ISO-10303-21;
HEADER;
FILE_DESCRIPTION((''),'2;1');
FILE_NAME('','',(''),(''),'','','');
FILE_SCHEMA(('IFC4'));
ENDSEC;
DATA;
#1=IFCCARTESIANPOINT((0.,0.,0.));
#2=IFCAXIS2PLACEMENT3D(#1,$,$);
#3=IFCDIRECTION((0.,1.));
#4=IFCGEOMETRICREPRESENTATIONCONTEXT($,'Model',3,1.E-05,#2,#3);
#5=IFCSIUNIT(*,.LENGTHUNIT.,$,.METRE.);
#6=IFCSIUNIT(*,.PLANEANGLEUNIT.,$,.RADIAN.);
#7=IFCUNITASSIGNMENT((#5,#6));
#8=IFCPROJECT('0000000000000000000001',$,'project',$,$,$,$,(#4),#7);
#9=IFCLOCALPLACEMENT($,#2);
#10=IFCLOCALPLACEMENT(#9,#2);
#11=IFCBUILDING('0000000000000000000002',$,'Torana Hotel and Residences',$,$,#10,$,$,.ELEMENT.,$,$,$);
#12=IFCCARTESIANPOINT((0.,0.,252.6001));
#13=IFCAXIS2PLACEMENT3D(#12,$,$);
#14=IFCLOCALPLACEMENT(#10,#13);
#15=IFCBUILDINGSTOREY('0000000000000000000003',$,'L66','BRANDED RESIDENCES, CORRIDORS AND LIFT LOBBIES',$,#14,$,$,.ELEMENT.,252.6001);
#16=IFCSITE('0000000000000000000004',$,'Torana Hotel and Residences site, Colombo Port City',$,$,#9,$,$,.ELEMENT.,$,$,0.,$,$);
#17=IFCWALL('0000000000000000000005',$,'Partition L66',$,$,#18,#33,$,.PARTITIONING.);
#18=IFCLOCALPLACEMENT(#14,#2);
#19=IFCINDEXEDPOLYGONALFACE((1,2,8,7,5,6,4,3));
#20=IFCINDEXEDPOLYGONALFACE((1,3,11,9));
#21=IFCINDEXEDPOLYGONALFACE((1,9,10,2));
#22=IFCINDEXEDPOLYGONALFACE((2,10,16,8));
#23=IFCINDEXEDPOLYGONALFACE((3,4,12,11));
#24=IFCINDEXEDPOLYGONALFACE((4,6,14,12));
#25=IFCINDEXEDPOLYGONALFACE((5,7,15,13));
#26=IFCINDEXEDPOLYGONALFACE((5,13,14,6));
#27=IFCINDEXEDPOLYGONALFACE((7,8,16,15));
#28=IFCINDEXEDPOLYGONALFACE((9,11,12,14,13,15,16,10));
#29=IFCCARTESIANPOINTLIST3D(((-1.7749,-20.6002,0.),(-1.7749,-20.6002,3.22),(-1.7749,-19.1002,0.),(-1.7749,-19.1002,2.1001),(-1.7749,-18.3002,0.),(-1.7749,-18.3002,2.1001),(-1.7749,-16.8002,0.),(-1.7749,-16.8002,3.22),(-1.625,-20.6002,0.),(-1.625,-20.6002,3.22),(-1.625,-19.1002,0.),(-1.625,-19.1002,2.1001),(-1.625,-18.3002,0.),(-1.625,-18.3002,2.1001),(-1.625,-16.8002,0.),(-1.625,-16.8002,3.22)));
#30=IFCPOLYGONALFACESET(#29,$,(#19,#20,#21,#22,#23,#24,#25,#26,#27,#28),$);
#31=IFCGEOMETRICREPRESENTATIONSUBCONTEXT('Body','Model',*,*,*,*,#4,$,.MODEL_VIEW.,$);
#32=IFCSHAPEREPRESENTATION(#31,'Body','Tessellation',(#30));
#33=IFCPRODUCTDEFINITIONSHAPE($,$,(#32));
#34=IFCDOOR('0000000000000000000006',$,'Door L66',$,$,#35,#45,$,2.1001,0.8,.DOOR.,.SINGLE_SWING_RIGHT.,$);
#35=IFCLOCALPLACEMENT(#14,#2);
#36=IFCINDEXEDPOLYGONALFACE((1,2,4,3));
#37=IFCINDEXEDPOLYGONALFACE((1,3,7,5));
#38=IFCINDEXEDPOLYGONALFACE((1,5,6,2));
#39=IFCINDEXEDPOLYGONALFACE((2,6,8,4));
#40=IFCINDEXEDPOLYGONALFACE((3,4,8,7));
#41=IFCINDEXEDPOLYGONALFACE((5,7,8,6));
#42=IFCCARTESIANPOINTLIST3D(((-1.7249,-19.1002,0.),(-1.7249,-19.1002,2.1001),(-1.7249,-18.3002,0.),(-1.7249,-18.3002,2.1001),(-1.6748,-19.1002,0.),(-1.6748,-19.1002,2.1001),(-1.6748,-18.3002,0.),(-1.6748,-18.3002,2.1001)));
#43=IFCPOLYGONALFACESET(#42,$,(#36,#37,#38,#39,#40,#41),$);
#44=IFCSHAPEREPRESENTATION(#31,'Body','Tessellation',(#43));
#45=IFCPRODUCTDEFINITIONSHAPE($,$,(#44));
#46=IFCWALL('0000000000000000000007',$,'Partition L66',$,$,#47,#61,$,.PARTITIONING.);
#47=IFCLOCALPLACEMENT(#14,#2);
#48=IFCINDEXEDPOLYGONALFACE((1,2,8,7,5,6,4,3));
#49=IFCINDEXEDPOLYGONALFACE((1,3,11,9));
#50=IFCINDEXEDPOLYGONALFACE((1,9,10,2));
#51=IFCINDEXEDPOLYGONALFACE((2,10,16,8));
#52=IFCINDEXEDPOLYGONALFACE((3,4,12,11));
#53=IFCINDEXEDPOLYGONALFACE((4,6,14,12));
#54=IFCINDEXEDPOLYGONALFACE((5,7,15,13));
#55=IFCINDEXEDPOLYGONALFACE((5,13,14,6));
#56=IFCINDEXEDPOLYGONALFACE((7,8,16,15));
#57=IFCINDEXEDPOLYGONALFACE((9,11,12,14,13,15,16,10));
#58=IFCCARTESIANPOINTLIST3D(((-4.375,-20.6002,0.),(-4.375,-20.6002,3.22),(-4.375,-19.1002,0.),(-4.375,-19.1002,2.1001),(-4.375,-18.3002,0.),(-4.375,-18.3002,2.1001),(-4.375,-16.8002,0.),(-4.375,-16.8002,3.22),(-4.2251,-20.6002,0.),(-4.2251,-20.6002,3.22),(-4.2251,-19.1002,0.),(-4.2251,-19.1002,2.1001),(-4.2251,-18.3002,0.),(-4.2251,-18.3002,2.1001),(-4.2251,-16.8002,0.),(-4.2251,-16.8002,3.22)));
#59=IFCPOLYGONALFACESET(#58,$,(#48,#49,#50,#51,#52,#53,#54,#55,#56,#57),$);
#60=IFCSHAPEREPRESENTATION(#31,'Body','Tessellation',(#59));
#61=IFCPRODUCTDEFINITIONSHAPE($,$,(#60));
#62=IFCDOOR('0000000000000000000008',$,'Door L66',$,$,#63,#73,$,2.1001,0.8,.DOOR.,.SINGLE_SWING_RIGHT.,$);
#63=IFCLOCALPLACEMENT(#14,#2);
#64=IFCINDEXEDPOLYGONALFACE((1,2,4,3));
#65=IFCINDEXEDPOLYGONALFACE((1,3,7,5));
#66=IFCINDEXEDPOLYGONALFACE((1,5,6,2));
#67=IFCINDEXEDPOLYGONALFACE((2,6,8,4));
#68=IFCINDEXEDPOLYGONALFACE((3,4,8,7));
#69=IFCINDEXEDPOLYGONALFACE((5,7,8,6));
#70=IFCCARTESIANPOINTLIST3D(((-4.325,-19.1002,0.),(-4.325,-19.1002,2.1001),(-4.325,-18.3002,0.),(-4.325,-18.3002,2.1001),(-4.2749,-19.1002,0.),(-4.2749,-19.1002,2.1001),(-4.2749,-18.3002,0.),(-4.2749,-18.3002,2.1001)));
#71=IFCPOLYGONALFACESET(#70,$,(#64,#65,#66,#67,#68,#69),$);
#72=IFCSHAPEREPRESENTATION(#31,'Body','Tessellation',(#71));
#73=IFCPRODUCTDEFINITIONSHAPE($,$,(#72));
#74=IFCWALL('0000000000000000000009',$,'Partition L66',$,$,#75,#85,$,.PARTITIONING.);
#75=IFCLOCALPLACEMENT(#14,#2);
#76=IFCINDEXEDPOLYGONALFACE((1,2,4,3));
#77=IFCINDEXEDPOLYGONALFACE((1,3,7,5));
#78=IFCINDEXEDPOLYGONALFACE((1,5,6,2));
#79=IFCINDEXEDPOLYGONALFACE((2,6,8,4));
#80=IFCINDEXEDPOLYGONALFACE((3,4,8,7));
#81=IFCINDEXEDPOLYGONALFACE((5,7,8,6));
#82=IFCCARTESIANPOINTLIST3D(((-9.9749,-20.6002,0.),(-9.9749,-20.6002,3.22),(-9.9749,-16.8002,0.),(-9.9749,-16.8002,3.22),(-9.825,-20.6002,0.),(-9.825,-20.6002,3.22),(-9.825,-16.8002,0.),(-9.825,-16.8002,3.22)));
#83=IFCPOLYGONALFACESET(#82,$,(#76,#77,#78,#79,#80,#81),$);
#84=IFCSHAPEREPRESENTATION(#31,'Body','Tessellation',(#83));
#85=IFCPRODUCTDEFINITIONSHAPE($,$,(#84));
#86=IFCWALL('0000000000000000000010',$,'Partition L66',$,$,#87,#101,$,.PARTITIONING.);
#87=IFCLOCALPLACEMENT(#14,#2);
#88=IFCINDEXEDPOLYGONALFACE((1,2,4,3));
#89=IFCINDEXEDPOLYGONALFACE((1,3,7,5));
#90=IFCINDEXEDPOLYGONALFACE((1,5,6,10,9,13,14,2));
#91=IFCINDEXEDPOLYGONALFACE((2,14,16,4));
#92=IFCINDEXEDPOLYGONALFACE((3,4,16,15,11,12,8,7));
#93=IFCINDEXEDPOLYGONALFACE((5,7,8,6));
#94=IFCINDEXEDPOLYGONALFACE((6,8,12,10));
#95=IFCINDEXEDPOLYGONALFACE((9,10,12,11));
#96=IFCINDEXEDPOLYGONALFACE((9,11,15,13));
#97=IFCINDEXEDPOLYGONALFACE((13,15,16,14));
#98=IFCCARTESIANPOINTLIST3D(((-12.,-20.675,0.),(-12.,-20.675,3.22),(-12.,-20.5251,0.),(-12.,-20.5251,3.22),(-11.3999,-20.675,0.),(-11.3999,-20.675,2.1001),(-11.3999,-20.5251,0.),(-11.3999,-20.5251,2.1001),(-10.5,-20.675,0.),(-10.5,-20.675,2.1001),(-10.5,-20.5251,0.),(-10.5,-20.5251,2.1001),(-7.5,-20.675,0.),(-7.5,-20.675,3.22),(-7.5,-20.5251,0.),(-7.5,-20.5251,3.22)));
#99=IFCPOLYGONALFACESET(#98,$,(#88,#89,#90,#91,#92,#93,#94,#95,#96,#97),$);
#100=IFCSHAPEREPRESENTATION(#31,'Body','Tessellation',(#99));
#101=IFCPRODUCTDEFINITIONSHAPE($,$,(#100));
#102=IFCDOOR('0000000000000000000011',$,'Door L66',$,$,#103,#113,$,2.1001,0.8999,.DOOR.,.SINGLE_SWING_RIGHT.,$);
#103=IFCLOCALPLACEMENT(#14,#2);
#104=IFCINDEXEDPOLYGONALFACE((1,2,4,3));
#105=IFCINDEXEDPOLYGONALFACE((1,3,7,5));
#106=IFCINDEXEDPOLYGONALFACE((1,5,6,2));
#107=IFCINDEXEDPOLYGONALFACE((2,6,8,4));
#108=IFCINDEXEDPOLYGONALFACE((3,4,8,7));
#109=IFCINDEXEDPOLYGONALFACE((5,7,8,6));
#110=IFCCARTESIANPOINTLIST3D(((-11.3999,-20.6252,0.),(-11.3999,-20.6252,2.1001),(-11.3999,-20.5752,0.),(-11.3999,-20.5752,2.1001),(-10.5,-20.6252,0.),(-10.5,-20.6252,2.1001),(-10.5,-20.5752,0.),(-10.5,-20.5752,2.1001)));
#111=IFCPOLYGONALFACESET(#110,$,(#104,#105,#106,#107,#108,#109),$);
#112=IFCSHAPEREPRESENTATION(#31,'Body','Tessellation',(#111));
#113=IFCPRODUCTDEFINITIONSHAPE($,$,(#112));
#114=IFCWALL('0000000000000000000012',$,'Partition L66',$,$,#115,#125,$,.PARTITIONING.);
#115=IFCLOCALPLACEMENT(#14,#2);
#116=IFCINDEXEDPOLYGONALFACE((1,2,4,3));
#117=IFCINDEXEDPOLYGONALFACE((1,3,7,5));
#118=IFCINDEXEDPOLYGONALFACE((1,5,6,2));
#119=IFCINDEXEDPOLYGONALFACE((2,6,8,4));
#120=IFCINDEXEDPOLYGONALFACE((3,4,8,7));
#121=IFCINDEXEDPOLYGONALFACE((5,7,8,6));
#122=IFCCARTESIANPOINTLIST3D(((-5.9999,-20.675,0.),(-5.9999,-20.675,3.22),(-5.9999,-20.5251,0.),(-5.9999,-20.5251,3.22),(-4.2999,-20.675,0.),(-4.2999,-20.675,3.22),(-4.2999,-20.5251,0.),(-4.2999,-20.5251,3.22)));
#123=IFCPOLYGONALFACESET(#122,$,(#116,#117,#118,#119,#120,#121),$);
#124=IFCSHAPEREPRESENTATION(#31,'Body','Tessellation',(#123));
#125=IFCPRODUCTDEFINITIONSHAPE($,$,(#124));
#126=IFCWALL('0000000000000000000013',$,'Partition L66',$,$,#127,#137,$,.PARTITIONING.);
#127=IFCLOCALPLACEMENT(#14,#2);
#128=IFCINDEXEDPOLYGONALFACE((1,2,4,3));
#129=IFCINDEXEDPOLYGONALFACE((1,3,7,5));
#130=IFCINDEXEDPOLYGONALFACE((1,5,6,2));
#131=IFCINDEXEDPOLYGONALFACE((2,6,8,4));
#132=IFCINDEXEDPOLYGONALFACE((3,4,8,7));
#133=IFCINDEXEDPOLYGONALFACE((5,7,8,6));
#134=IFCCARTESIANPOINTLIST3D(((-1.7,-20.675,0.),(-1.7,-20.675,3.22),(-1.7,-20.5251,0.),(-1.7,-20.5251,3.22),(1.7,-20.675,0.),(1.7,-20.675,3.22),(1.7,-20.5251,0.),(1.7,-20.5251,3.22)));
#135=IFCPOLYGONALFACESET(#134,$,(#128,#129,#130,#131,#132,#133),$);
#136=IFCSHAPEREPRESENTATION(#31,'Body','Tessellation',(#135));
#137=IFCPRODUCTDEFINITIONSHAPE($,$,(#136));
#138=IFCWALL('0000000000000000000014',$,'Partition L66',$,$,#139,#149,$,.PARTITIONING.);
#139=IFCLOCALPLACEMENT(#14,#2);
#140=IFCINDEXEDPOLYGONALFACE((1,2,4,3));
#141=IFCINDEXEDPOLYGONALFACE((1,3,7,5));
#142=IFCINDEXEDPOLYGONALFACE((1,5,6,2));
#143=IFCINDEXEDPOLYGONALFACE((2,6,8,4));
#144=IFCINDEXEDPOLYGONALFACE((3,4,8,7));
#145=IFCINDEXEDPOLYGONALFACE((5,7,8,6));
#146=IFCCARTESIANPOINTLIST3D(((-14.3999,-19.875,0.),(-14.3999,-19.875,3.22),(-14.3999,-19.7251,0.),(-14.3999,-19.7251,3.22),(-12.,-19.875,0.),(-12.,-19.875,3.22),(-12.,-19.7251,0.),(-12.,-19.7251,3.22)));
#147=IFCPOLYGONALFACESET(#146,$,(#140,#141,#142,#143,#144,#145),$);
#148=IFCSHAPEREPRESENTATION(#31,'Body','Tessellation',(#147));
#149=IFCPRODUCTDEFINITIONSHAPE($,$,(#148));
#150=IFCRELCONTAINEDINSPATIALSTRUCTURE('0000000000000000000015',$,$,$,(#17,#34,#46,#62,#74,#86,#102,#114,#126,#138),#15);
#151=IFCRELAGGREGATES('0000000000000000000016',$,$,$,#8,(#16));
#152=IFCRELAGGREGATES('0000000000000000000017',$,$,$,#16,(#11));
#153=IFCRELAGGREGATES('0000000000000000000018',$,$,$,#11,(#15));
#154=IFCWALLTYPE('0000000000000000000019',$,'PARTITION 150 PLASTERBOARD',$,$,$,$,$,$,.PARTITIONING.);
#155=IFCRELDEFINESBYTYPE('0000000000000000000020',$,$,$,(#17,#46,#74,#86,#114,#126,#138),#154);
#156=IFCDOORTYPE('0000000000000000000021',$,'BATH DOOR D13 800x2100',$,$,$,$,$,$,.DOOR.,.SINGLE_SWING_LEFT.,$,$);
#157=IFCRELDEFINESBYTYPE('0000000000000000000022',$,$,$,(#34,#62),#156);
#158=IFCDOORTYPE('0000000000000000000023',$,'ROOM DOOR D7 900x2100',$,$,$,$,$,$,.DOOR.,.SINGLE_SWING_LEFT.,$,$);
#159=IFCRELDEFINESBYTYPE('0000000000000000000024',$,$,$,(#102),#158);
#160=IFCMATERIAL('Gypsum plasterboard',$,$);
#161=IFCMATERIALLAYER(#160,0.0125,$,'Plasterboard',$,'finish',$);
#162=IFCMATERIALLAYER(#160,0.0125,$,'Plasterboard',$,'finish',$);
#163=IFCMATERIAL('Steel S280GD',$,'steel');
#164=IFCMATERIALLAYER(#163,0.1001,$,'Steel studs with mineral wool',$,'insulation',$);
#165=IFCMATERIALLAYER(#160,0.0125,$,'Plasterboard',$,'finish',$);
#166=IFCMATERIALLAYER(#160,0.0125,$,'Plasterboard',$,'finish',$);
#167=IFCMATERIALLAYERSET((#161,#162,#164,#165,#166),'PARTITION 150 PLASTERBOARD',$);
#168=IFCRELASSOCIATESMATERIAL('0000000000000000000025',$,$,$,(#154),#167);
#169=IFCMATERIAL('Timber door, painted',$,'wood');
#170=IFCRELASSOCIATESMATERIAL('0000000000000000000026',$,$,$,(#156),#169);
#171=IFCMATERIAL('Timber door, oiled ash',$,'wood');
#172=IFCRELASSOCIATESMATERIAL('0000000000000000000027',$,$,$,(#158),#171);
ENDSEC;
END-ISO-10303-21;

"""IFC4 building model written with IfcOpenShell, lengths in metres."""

from ifc_helpers import new_model, si_unit, direction, frame, frame_2d, origin, place, context, subcontext, project, spatial, rectangle, extrude, material, layer, layer_set, type_object, element, fill, save


model = new_model("IFC4")

# Units and contexts
model_context = context("Model", 3, precision=1e-05, world=origin(), true_north=direction((0.0, 1.0)))
body_context = subcontext(model_context, "Body", "Model", "MODEL_VIEW")
ifc_project = project(units=[si_unit("LENGTHUNIT", "METRE"), si_unit("PLANEANGLEUNIT", "RADIAN")], contexts=[model_context])

# Site, building, storey
site_placement = place(None, origin())
site = spatial("IfcSite", under=ifc_project, at=site_placement, Name="Torana Hotel and Residences site, Colombo Port City", CompositionType="ELEMENT", RefElevation=0.0)
building_placement = place(site_placement, origin())
building = spatial("IfcBuilding", under=site, at=building_placement, Name="Torana Hotel and Residences", CompositionType="ELEMENT")
storey_placement = place(building_placement, frame((0.0, 0.0, 252.6001)))
storey = spatial("IfcBuildingStorey", under=building, at=storey_placement, Name="L66", Description="BRANDED RESIDENCES, CORRIDORS AND LIFT LOBBIES", CompositionType="ELEMENT", Elevation=252.6001)

# Walls, openings, doors
ifc_material_1 = material(Name="Gypsum plasterboard")
ifc_layer_1 = layer(ifc_material_1, 0.0125, Name="Plasterboard", Category="finish")
ifc_layer_2 = layer(ifc_material_1, 0.0125, Name="Plasterboard", Category="finish")
ifc_material_2 = material(Name="Steel S280GD", Category="steel")
ifc_layer_3 = layer(ifc_material_2, 0.1001, Name="Steel studs with mineral wool", Category="insulation")
ifc_layer_4 = layer(ifc_material_1, 0.0125, Name="Plasterboard", Category="finish")
ifc_layer_5 = layer(ifc_material_1, 0.0125, Name="Plasterboard", Category="finish")
ifc_layer_set_1 = layer_set([ifc_layer_1, ifc_layer_2, ifc_layer_3, ifc_layer_4, ifc_layer_5], Name="PARTITION 150 PLASTERBOARD")
wall_type_1 = type_object("IfcWallType", Name="PARTITION 150 PLASTERBOARD", PredefinedType="PARTITIONING", material=ifc_layer_set_1)
wall_1_placement = place(storey_placement, frame((-1.7, -20.6001, 0.0), z_axis=(0.0, 0.0, 1.0), x_axis=(0.0, 1.0, 0.0)))
wall_1 = element("IfcWall", 1, at=wall_1_placement, inside=storey, type_object=wall_type_1, Name="Partition L66", PredefinedType="PARTITIONING", context=body_context, shape_type="SweptSolid", body=[
    extrude(rectangle(XDim=3.8, YDim=0.1499, at=frame_2d((1.8999, 0.0))), origin(), (0.0, 0.0, 1.0), 3.22),
])
opening_1_placement = place(wall_1_placement, frame((1.5, 0.0, 0.0)))
opening_1 = element("IfcOpeningElement", 2, at=opening_1_placement, cuts=wall_1, PredefinedType="OPENING", context=body_context, shape_type="SweptSolid", body=[
    extrude(rectangle(XDim=0.8, YDim=2.1001, at=frame_2d((0.3999, 1.05))), frame((0.0, 0.085, 0.0), z_axis=(0.0, -1.0, 0.0), x_axis=(1.0, 0.0, 0.0)), (0.0, 0.0, 1.0), 0.1699),
])
ifc_material_3 = material(Name="Timber door, painted", Category="wood")
door_type_1 = type_object("IfcDoorType", Name="BATH DOOR D13 800x2100", OperationType="SINGLE_SWING_LEFT", PredefinedType="DOOR", material=ifc_material_3)
door_1_placement = place(opening_1_placement, origin())
door_1 = element("IfcDoor", 3, at=door_1_placement, inside=storey, type_object=door_type_1, Name="Door L66", OperationType="SINGLE_SWING_RIGHT", OverallHeight=2.1001, OverallWidth=0.8, PredefinedType="DOOR", context=body_context, shape_type="SweptSolid", body=[
    extrude(rectangle(XDim=0.8, YDim=2.1001, at=frame_2d((0.3999, 1.05))), frame((0.0, 0.0249, 0.0), z_axis=(0.0, -1.0, 0.0), x_axis=(1.0, 0.0, 0.0)), (0.0, 0.0, 1.0), 0.05),
])
fill(opening_1, door_1)
wall_2_placement = place(storey_placement, frame((-4.3, -20.6001, 0.0), z_axis=(0.0, 0.0, 1.0), x_axis=(0.0, 1.0, 0.0)))
wall_2 = element("IfcWall", 4, at=wall_2_placement, inside=storey, type_object=wall_type_1, Name="Partition L66", PredefinedType="PARTITIONING", context=body_context, shape_type="SweptSolid", body=[
    extrude(rectangle(XDim=3.8, YDim=0.1499, at=frame_2d((1.8999, 0.0))), origin(), (0.0, 0.0, 1.0), 3.22),
])
opening_2_placement = place(wall_2_placement, frame((1.5, 0.0, 0.0)))
opening_2 = element("IfcOpeningElement", 5, at=opening_2_placement, cuts=wall_2, PredefinedType="OPENING", context=body_context, shape_type="SweptSolid", body=[
    extrude(rectangle(XDim=0.8, YDim=2.1001, at=frame_2d((0.3999, 1.05))), frame((0.0, 0.085, 0.0), z_axis=(0.0, -1.0, 0.0), x_axis=(1.0, 0.0, 0.0)), (0.0, 0.0, 1.0), 0.1699),
])
door_2_placement = place(opening_2_placement, origin())
door_2 = element("IfcDoor", 6, at=door_2_placement, inside=storey, type_object=door_type_1, Name="Door L66", OperationType="SINGLE_SWING_RIGHT", OverallHeight=2.1001, OverallWidth=0.8, PredefinedType="DOOR", context=body_context, shape_type="SweptSolid", body=[
    extrude(rectangle(XDim=0.8, YDim=2.1001, at=frame_2d((0.3999, 1.05))), frame((0.0, 0.0249, 0.0), z_axis=(0.0, -1.0, 0.0), x_axis=(1.0, 0.0, 0.0)), (0.0, 0.0, 1.0), 0.05),
])
fill(opening_2, door_2)

# Wall
wall_3_placement = place(storey_placement, frame((-9.8999, -20.6001, 0.0), z_axis=(0.0, 0.0, 1.0), x_axis=(0.0, 1.0, 0.0)))
element("IfcWall", 7, at=wall_3_placement, inside=storey, type_object=wall_type_1, Name="Partition L66", PredefinedType="PARTITIONING", context=body_context, shape_type="SweptSolid", body=[
    extrude(rectangle(XDim=3.8, YDim=0.1499, at=frame_2d((1.8999, 0.0))), origin(), (0.0, 0.0, 1.0), 3.22),
])

# Wall, opening, door
wall_4_placement = place(storey_placement, frame((-12.0, -20.6001, 0.0), z_axis=(0.0, 0.0, 1.0), x_axis=(1.0, 0.0, 0.0)))
wall_4 = element("IfcWall", 8, at=wall_4_placement, inside=storey, type_object=wall_type_1, Name="Partition L66", PredefinedType="PARTITIONING", context=body_context, shape_type="SweptSolid", body=[
    extrude(rectangle(XDim=4.5, YDim=0.1499, at=frame_2d((2.25, 0.0))), origin(), (0.0, 0.0, 1.0), 3.22),
])
opening_3_placement = place(wall_4_placement, frame((0.6001, 0.0, 0.0)))
opening_3 = element("IfcOpeningElement", 9, at=opening_3_placement, cuts=wall_4, PredefinedType="OPENING", context=body_context, shape_type="SweptSolid", body=[
    extrude(rectangle(XDim=0.8999, YDim=2.1001, at=frame_2d((0.45, 1.05))), frame((0.0, 0.085, 0.0), z_axis=(0.0, -1.0, 0.0), x_axis=(1.0, 0.0, 0.0)), (0.0, 0.0, 1.0), 0.1699),
])
ifc_material_4 = material(Name="Timber door, oiled ash", Category="wood")
door_type_2 = type_object("IfcDoorType", Name="ROOM DOOR D7 900x2100", OperationType="SINGLE_SWING_LEFT", PredefinedType="DOOR", material=ifc_material_4)
door_3_placement = place(opening_3_placement, origin())
door_3 = element("IfcDoor", 10, at=door_3_placement, inside=storey, type_object=door_type_2, Name="Door L66", OperationType="SINGLE_SWING_RIGHT", OverallHeight=2.1001, OverallWidth=0.8999, PredefinedType="DOOR", context=body_context, shape_type="SweptSolid", body=[
    extrude(rectangle(XDim=0.8999, YDim=2.1001, at=frame_2d((0.45, 1.05))), frame((0.0, 0.0249, 0.0), z_axis=(0.0, -1.0, 0.0), x_axis=(1.0, 0.0, 0.0)), (0.0, 0.0, 1.0), 0.05),
])
fill(opening_3, door_3)

# Walls
wall_5_placement = place(storey_placement, frame((-6.0, -20.6001, 0.0), z_axis=(0.0, 0.0, 1.0), x_axis=(1.0, 0.0, 0.0)))
element("IfcWall", 11, at=wall_5_placement, inside=storey, type_object=wall_type_1, Name="Partition L66", PredefinedType="PARTITIONING", context=body_context, shape_type="SweptSolid", body=[
    extrude(rectangle(XDim=1.7, YDim=0.1499, at=frame_2d((0.8501, 0.0))), origin(), (0.0, 0.0, 1.0), 3.22),
])
wall_6_placement = place(storey_placement, frame((-1.7, -20.6001, 0.0), z_axis=(0.0, 0.0, 1.0), x_axis=(1.0, 0.0, 0.0)))
element("IfcWall", 12, at=wall_6_placement, inside=storey, type_object=wall_type_1, Name="Partition L66", PredefinedType="PARTITIONING", context=body_context, shape_type="SweptSolid", body=[
    extrude(rectangle(XDim=3.3999, YDim=0.1499, at=frame_2d((1.7, 0.0))), origin(), (0.0, 0.0, 1.0), 3.22),
])
wall_7_placement = place(storey_placement, frame((-14.3999, -19.8, 0.0), z_axis=(0.0, 0.0, 1.0), x_axis=(1.0, 0.0, 0.0)))
element("IfcWall", 13, at=wall_7_placement, inside=storey, type_object=wall_type_1, Name="Partition L66", PredefinedType="PARTITIONING", context=body_context, shape_type="SweptSolid", body=[
    extrude(rectangle(XDim=2.3999, YDim=0.1499, at=frame_2d((1.2, 0.0))), origin(), (0.0, 0.0, 1.0), 3.22),
])

save(model, "model.ifc")
